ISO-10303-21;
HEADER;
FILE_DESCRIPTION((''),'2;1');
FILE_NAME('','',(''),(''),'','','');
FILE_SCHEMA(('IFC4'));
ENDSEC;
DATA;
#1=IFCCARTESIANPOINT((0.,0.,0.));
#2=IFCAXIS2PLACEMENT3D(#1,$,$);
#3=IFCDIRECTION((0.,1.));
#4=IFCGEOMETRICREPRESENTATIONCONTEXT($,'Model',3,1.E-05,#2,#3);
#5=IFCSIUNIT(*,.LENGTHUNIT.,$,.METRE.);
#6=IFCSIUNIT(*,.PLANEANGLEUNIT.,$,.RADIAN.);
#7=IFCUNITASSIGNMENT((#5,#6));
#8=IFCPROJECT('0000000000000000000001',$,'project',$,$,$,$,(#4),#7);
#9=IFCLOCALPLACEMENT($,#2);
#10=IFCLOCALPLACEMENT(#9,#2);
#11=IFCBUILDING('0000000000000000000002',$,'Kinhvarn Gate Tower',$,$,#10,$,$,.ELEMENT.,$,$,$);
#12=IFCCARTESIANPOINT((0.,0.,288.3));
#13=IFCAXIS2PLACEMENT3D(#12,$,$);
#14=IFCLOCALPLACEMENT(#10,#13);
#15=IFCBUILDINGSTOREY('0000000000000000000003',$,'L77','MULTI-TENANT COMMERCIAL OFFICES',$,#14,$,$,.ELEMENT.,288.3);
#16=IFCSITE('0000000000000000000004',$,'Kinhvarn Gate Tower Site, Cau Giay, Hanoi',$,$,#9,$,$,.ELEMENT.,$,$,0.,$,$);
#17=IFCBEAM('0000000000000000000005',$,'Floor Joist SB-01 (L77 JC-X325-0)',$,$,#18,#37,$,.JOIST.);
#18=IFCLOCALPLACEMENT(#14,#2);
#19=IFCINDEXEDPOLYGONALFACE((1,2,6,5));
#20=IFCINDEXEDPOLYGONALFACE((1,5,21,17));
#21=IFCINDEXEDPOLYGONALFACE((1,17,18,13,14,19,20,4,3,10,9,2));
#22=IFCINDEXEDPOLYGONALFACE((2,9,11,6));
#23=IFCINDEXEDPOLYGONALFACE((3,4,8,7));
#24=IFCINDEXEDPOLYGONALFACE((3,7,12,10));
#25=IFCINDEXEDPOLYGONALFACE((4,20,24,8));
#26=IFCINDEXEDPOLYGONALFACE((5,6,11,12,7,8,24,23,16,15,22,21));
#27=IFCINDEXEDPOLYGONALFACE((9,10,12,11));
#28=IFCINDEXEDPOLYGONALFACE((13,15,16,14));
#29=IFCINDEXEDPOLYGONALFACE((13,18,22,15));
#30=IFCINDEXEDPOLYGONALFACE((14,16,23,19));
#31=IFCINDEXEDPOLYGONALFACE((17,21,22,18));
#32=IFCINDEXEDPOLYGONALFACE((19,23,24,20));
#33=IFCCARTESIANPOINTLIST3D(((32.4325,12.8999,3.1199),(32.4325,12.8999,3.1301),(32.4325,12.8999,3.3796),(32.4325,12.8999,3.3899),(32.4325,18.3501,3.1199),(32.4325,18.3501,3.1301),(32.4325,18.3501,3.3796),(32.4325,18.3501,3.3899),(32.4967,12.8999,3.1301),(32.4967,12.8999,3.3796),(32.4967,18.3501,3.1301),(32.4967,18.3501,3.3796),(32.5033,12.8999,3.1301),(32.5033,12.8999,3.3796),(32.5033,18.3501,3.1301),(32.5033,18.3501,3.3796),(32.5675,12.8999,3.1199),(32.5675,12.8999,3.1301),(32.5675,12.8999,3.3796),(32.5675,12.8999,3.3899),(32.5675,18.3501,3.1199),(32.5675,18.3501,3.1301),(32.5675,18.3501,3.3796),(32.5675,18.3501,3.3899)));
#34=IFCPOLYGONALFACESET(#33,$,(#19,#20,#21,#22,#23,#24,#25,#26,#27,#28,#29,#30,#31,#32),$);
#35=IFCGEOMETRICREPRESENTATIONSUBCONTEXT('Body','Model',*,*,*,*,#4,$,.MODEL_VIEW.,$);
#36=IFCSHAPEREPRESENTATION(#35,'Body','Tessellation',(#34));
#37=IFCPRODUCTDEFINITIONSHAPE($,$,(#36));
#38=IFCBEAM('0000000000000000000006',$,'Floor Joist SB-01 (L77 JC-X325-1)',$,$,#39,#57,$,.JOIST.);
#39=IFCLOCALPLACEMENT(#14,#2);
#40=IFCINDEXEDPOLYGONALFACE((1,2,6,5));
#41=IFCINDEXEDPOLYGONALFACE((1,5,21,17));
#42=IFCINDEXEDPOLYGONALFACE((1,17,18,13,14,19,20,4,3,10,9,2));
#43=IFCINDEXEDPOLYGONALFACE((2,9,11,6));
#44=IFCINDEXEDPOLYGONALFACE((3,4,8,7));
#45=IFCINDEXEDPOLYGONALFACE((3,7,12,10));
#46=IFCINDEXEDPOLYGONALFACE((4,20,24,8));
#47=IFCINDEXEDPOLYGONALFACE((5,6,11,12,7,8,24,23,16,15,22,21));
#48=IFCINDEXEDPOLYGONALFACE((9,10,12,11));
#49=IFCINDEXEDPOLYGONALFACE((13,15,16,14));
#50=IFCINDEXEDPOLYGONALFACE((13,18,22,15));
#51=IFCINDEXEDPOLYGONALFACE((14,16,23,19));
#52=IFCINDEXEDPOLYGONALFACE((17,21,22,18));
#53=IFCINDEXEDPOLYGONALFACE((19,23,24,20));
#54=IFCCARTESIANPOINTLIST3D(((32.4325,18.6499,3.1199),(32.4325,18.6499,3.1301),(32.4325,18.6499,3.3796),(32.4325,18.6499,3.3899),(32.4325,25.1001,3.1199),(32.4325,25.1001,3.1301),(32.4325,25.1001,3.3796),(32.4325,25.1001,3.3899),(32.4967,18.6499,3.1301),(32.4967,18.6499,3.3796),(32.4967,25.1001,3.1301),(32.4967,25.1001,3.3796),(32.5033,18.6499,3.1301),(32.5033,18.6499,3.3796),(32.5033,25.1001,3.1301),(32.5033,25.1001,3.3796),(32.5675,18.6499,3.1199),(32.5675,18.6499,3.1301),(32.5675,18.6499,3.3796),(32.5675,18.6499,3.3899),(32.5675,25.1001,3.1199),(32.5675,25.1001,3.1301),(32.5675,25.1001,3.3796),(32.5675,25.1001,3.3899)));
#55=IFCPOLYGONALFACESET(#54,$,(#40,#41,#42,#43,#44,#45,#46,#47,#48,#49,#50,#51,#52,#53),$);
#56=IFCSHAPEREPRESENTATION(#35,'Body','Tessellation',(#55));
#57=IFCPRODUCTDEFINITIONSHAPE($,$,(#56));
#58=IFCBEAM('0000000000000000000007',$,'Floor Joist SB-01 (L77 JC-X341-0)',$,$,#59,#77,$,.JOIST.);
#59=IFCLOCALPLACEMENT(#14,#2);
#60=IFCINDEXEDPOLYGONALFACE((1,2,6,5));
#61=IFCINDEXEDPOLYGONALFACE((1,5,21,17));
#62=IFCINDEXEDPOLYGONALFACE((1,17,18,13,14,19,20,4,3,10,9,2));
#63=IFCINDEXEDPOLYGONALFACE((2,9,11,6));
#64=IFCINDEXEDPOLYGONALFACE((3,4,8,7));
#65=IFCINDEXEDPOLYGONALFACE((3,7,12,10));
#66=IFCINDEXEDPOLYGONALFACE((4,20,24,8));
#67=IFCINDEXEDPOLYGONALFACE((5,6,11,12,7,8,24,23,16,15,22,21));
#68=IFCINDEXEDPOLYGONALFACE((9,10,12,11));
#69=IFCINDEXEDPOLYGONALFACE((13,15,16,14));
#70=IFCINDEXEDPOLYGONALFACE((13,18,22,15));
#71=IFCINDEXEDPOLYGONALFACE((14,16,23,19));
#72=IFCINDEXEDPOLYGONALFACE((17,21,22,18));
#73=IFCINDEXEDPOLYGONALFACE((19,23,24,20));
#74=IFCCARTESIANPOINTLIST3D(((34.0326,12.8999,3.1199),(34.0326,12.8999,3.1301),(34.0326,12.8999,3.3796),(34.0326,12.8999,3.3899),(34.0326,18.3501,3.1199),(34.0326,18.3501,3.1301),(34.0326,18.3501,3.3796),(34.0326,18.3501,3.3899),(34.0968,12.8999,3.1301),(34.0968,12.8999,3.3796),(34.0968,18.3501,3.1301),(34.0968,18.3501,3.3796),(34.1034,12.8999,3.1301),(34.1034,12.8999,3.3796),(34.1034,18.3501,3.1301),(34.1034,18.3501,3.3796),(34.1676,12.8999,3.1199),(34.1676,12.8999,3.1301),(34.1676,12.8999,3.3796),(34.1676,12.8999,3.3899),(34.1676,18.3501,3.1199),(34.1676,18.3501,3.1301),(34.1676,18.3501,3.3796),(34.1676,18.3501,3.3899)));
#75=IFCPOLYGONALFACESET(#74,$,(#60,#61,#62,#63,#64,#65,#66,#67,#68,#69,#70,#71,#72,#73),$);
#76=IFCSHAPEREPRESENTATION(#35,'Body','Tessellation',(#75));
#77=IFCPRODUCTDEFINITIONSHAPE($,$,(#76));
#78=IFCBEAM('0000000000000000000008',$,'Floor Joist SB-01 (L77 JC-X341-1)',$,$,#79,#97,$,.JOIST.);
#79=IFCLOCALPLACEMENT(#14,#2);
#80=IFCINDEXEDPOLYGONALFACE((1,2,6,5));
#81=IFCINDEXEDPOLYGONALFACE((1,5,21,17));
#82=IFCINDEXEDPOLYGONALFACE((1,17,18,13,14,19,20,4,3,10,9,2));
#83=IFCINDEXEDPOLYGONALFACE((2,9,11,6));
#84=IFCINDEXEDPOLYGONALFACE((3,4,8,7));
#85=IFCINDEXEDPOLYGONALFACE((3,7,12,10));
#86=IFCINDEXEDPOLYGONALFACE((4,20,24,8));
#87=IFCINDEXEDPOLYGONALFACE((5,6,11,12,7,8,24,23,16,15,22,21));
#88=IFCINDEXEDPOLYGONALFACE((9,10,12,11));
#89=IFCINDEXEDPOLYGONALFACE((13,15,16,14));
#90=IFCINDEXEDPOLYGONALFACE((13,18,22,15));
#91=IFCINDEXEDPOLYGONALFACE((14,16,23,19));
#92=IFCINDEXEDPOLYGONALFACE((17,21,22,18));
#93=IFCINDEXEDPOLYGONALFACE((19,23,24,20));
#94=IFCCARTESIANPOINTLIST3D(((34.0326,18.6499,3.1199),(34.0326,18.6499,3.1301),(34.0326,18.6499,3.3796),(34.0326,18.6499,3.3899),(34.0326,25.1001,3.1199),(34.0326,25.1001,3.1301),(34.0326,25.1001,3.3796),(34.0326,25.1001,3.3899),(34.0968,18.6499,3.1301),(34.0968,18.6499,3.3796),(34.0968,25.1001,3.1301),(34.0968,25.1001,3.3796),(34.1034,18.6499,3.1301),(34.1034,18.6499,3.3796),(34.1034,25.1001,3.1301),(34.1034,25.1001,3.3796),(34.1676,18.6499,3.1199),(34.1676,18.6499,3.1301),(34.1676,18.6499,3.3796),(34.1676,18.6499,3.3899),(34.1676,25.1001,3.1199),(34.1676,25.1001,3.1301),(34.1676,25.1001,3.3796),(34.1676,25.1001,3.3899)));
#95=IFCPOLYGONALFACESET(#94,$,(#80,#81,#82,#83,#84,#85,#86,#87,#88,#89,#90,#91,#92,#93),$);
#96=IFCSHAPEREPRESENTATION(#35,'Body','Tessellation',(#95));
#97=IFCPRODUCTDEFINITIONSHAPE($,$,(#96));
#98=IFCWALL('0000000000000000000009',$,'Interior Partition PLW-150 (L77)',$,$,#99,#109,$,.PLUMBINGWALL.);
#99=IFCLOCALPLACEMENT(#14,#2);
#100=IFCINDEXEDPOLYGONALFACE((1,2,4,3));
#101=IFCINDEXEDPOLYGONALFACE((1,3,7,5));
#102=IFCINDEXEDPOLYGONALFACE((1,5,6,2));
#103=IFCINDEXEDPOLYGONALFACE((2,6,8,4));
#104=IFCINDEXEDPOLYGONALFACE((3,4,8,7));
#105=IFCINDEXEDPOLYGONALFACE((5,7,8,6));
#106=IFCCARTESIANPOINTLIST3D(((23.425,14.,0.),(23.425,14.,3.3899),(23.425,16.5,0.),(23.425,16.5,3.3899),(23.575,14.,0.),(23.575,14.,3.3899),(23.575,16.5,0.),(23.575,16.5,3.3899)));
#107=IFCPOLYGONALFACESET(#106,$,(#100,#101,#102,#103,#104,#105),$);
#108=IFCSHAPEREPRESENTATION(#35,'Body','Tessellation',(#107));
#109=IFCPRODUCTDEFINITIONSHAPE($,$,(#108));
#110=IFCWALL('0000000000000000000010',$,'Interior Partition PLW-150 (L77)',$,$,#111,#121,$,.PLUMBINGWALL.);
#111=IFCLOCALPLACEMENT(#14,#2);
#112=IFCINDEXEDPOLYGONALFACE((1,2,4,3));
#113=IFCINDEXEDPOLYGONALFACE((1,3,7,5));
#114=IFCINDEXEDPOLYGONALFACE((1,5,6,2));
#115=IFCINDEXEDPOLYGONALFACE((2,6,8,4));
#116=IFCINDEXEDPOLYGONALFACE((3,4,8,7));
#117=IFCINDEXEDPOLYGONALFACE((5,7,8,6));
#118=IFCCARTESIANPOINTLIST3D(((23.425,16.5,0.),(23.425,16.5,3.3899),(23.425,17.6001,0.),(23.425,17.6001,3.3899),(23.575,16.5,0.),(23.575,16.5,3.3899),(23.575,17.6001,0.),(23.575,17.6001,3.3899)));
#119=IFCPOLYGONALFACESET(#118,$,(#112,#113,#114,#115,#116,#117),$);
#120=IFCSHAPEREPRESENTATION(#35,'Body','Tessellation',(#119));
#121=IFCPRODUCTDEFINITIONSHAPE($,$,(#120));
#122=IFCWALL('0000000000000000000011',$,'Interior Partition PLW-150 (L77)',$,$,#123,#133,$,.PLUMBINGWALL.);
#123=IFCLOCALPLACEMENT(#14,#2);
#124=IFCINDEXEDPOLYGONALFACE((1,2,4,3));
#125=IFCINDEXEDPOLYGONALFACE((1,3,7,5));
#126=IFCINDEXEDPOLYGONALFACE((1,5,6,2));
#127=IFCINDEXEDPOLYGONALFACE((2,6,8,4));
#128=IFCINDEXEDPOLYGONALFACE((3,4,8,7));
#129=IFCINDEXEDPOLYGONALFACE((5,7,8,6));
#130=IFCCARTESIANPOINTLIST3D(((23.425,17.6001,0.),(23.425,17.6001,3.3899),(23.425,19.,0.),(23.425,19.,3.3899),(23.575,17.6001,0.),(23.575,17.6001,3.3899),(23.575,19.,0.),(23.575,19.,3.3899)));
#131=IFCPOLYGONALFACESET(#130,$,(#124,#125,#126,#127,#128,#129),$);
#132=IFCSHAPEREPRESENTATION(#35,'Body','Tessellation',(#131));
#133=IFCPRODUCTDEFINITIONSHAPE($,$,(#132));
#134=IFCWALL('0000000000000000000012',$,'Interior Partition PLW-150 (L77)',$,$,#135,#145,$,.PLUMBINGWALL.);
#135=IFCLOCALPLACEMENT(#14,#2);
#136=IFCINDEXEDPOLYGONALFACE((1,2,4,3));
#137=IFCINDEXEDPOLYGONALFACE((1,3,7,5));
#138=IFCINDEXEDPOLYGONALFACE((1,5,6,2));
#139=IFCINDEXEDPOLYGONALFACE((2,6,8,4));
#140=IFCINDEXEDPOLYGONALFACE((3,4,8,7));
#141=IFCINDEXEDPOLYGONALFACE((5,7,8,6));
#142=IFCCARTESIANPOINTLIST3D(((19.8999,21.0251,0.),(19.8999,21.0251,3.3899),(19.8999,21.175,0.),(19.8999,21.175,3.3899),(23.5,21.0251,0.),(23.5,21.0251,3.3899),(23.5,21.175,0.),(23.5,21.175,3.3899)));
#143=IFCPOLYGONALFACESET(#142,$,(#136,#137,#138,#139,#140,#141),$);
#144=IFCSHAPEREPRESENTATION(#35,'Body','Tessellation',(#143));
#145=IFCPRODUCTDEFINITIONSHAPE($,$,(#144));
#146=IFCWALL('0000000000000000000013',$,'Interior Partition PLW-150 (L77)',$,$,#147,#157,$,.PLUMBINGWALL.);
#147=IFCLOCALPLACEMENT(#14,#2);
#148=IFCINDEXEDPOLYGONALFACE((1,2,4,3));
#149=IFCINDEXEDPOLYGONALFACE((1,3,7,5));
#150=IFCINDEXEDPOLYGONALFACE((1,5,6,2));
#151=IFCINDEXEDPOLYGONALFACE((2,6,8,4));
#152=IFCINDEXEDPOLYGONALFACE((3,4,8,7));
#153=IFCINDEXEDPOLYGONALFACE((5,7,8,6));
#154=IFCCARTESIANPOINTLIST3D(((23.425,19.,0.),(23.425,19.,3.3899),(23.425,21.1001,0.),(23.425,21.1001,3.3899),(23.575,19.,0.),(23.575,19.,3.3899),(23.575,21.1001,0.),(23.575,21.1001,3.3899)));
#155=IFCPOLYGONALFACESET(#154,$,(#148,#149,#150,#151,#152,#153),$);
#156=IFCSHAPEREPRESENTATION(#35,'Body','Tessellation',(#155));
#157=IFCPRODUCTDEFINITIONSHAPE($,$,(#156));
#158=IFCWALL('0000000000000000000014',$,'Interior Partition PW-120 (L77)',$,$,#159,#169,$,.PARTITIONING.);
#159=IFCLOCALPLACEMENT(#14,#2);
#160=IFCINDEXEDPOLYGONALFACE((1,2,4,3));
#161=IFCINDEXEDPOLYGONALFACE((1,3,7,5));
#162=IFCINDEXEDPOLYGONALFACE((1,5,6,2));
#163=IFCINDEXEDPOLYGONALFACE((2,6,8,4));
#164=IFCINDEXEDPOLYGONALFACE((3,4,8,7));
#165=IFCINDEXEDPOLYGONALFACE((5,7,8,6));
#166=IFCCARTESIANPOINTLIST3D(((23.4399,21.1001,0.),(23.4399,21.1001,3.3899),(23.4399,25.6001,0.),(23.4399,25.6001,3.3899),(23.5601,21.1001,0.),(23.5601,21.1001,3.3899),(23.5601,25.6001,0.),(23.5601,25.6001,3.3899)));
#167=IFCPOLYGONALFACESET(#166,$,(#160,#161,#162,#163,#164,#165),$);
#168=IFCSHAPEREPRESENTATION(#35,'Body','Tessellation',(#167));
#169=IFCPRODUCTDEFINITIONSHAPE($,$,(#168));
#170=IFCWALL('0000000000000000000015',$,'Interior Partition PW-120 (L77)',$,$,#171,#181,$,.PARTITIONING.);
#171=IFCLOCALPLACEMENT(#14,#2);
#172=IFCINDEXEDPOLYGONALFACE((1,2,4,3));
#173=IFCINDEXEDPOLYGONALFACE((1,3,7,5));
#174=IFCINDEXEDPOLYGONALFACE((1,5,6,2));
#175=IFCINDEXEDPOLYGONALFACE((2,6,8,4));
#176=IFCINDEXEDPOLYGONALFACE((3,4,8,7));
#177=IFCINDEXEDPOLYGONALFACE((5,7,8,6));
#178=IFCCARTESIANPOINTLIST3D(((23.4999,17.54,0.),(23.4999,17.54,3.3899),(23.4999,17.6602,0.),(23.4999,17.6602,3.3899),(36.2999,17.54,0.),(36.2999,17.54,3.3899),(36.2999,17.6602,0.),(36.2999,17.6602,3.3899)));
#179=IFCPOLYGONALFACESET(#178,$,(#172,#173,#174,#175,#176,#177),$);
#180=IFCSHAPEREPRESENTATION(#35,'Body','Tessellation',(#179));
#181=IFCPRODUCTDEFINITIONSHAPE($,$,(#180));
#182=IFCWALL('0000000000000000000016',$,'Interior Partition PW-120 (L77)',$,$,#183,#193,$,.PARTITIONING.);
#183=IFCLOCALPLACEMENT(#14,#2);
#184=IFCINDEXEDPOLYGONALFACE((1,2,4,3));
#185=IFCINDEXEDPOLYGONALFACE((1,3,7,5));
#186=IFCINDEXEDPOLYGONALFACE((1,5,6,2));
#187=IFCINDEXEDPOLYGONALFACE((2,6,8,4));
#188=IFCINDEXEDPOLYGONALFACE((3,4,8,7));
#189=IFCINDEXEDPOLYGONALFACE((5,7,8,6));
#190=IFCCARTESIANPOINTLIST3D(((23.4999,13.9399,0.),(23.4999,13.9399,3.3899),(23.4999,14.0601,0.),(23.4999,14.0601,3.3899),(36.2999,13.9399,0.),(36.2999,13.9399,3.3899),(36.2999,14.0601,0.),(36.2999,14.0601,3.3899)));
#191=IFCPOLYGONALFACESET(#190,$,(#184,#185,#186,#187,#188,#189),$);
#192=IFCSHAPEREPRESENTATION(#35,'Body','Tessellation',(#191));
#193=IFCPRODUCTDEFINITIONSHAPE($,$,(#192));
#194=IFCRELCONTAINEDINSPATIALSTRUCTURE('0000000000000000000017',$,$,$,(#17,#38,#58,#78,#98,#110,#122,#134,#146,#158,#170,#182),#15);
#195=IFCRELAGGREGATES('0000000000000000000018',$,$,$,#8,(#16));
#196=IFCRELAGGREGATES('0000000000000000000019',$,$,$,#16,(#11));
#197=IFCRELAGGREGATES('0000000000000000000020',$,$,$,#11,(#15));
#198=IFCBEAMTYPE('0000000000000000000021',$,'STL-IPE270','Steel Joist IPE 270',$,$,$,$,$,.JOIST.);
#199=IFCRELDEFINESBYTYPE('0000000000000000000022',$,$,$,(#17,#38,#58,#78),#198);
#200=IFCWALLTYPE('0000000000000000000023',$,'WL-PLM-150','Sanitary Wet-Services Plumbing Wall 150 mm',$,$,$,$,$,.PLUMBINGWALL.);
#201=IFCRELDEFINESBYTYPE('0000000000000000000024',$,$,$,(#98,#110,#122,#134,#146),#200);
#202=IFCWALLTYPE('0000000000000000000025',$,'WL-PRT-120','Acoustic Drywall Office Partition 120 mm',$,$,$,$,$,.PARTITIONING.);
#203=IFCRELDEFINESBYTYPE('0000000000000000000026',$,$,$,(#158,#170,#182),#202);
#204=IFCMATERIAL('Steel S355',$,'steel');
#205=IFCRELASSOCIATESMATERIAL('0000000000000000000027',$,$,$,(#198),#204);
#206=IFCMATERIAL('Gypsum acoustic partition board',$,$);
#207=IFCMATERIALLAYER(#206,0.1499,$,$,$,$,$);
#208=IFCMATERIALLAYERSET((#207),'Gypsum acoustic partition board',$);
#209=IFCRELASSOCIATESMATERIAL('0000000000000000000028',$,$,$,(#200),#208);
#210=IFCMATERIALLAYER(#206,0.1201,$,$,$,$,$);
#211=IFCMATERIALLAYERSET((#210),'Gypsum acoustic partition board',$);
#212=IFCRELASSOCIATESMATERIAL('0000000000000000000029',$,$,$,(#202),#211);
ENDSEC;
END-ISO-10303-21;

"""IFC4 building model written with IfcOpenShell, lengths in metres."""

from ifc_helpers import new_model, si_unit, direction, frame, frame_2d, origin, origin_2d, place, context, subcontext, project, spatial, rectangle, i_section, extrude, material, layer, layer_set, material_profile, profile_set, type_object, element, save


model = new_model("IFC4")

# Units and contexts
model_context = context("Model", 3, precision=1e-05, world=origin(), true_north=direction((0.0, 1.0)))
body_context = subcontext(model_context, "Body", "Model", "MODEL_VIEW")
ifc_project = project(units=[si_unit("LENGTHUNIT", "METRE"), si_unit("PLANEANGLEUNIT", "RADIAN")], contexts=[model_context])

# Site, building, storey
site_placement = place(None, origin())
site = spatial("IfcSite", under=ifc_project, at=site_placement, Name="Kinhvarn Gate Tower Site, Cau Giay, Hanoi", CompositionType="ELEMENT", RefElevation=0.0)
building_placement = place(site_placement, origin())
building = spatial("IfcBuilding", under=site, at=building_placement, Name="Kinhvarn Gate Tower", CompositionType="ELEMENT")
storey_placement = place(building_placement, frame((0.0, 0.0, 288.3)))
storey = spatial("IfcBuildingStorey", under=building, at=storey_placement, Name="L77", Description="MULTI-TENANT COMMERCIAL OFFICES", CompositionType="ELEMENT", Elevation=288.3)

# Beams
ifc_material_1 = material(Name="Steel S355", Category="steel")
ifc_material_profile = material_profile(ifc_material_1, i_section(OverallWidth=0.135, OverallDepth=0.27, WebThickness=0.0066, FlangeThickness=0.0103, at=origin_2d()), Name="IPE 270")
ifc_profile_set = profile_set([ifc_material_profile], Name="Steel S355")
beam_type = type_object("IfcBeamType", Name="STL-IPE270", Description="Steel Joist IPE 270", PredefinedType="JOIST", material=ifc_profile_set)
beam_1_placement = place(storey_placement, frame((32.5, 12.8999, 3.2549), z_axis=(0.0, 1.0, 0.0), x_axis=(-1.0, 0.0, 0.0)))
element("IfcBeam", 1, at=beam_1_placement, inside=storey, type_object=beam_type, Name="Floor Joist SB-01 (L77 JC-X325-0)", PredefinedType="JOIST", context=body_context, shape_type="SweptSolid", body=[
    extrude(i_section(OverallWidth=0.135, OverallDepth=0.27, WebThickness=0.0066, FlangeThickness=0.0103, at=origin_2d()), origin(), (0.0, 0.0, 1.0), 5.4502),
])
beam_2_placement = place(storey_placement, frame((32.5, 18.6499, 3.2549), z_axis=(0.0, 1.0, 0.0), x_axis=(-1.0, 0.0, 0.0)))
element("IfcBeam", 2, at=beam_2_placement, inside=storey, type_object=beam_type, Name="Floor Joist SB-01 (L77 JC-X325-1)", PredefinedType="JOIST", context=body_context, shape_type="SweptSolid", body=[
    extrude(i_section(OverallWidth=0.135, OverallDepth=0.27, WebThickness=0.0066, FlangeThickness=0.0103, at=origin_2d()), origin(), (0.0, 0.0, 1.0), 6.4502),
])
beam_3_placement = place(storey_placement, frame((34.1001, 12.8999, 3.2549), z_axis=(0.0, 1.0, 0.0), x_axis=(-1.0, 0.0, 0.0)))
element("IfcBeam", 3, at=beam_3_placement, inside=storey, type_object=beam_type, Name="Floor Joist SB-01 (L77 JC-X341-0)", PredefinedType="JOIST", context=body_context, shape_type="SweptSolid", body=[
    extrude(i_section(OverallWidth=0.135, OverallDepth=0.27, WebThickness=0.0066, FlangeThickness=0.0103, at=origin_2d()), origin(), (0.0, 0.0, 1.0), 5.4502),
])
beam_4_placement = place(storey_placement, frame((34.1001, 18.6499, 3.2549), z_axis=(0.0, 1.0, 0.0), x_axis=(-1.0, 0.0, 0.0)))
element("IfcBeam", 4, at=beam_4_placement, inside=storey, type_object=beam_type, Name="Floor Joist SB-01 (L77 JC-X341-1)", PredefinedType="JOIST", context=body_context, shape_type="SweptSolid", body=[
    extrude(i_section(OverallWidth=0.135, OverallDepth=0.27, WebThickness=0.0066, FlangeThickness=0.0103, at=origin_2d()), origin(), (0.0, 0.0, 1.0), 6.4502),
])

# Walls
ifc_material_2 = material(Name="Gypsum acoustic partition board")
ifc_layer_1 = layer(ifc_material_2, 0.1499)
ifc_layer_set_1 = layer_set([ifc_layer_1], Name="Gypsum acoustic partition board")
wall_type_1 = type_object("IfcWallType", Name="WL-PLM-150", Description="Sanitary Wet-Services Plumbing Wall 150 mm", PredefinedType="PLUMBINGWALL", material=ifc_layer_set_1)
wall_1_placement = place(storey_placement, frame((23.5, 14.0, 0.0), z_axis=(0.0, 0.0, 1.0), x_axis=(0.0, 1.0, 0.0)))
element("IfcWall", 5, at=wall_1_placement, inside=storey, type_object=wall_type_1, Name="Interior Partition PLW-150 (L77)", PredefinedType="PLUMBINGWALL", context=body_context, shape_type="SweptSolid", body=[
    extrude(rectangle(XDim=2.5, YDim=0.1499, at=frame_2d((1.25, 0.0))), origin(), (0.0, 0.0, 1.0), 3.3899),
])
wall_2_placement = place(storey_placement, frame((23.5, 16.5, 0.0), z_axis=(0.0, 0.0, 1.0), x_axis=(0.0, 1.0, 0.0)))
element("IfcWall", 6, at=wall_2_placement, inside=storey, type_object=wall_type_1, Name="Interior Partition PLW-150 (L77)", PredefinedType="PLUMBINGWALL", context=body_context, shape_type="SweptSolid", body=[
    extrude(rectangle(XDim=1.1001, YDim=0.1499, at=frame_2d((0.55, 0.0))), origin(), (0.0, 0.0, 1.0), 3.3899),
])
wall_3_placement = place(storey_placement, frame((23.5, 17.6001, 0.0), z_axis=(0.0, 0.0, 1.0), x_axis=(0.0, 1.0, 0.0)))
element("IfcWall", 7, at=wall_3_placement, inside=storey, type_object=wall_type_1, Name="Interior Partition PLW-150 (L77)", PredefinedType="PLUMBINGWALL", context=body_context, shape_type="SweptSolid", body=[
    extrude(rectangle(XDim=1.3999, YDim=0.1499, at=frame_2d((0.7, 0.0))), origin(), (0.0, 0.0, 1.0), 3.3899),
])
wall_4_placement = place(storey_placement, frame((19.8999, 21.1001, 0.0), z_axis=(0.0, 0.0, 1.0), x_axis=(1.0, 0.0, 0.0)))
element("IfcWall", 8, at=wall_4_placement, inside=storey, type_object=wall_type_1, Name="Interior Partition PLW-150 (L77)", PredefinedType="PLUMBINGWALL", context=body_context, shape_type="SweptSolid", body=[
    extrude(rectangle(XDim=3.6001, YDim=0.1499, at=frame_2d((1.8, 0.0))), origin(), (0.0, 0.0, 1.0), 3.3899),
])
wall_5_placement = place(storey_placement, frame((23.5, 19.0, 0.0), z_axis=(0.0, 0.0, 1.0), x_axis=(0.0, 1.0, 0.0)))
element("IfcWall", 9, at=wall_5_placement, inside=storey, type_object=wall_type_1, Name="Interior Partition PLW-150 (L77)", PredefinedType="PLUMBINGWALL", context=body_context, shape_type="SweptSolid", body=[
    extrude(rectangle(XDim=2.1001, YDim=0.1499, at=frame_2d((1.05, 0.0))), origin(), (0.0, 0.0, 1.0), 3.3899),
])
ifc_layer_2 = layer(ifc_material_2, 0.1201)
ifc_layer_set_2 = layer_set([ifc_layer_2], Name="Gypsum acoustic partition board")
wall_type_2 = type_object("IfcWallType", Name="WL-PRT-120", Description="Acoustic Drywall Office Partition 120 mm", PredefinedType="PARTITIONING", material=ifc_layer_set_2)
wall_6_placement = place(storey_placement, frame((23.5, 21.1001, 0.0), z_axis=(0.0, 0.0, 1.0), x_axis=(0.0, 1.0, 0.0)))
element("IfcWall", 10, at=wall_6_placement, inside=storey, type_object=wall_type_2, Name="Interior Partition PW-120 (L77)", PredefinedType="PARTITIONING", context=body_context, shape_type="SweptSolid", body=[
    extrude(rectangle(XDim=4.5, YDim=0.1201, at=frame_2d((2.25, 0.0))), origin(), (0.0, 0.0, 1.0), 3.3899),
])
for number, where, z_axis, x_axis, name in (
    (11, (23.5, 17.6001, 0.0), (0.0, 0.0, 1.0), (1.0, 0.0, 0.0), "Interior Partition PW-120 (L77)"),
    (12, (23.5, 14.0, 0.0), (0.0, 0.0, 1.0), (1.0, 0.0, 0.0), "Interior Partition PW-120 (L77)"),
):
    element("IfcWall", number, at=place(storey_placement, frame(where, z_axis=z_axis, x_axis=x_axis)), inside=storey, type_object=wall_type_2, Name=name, PredefinedType="PARTITIONING", context=body_context, shape_type="SweptSolid", body=[
        extrude(rectangle(XDim=12.8, YDim=0.1201, at=frame_2d((6.3999, 0.0))), origin(), (0.0, 0.0, 1.0), 3.3899),
    ])

save(model, "model.ifc")
